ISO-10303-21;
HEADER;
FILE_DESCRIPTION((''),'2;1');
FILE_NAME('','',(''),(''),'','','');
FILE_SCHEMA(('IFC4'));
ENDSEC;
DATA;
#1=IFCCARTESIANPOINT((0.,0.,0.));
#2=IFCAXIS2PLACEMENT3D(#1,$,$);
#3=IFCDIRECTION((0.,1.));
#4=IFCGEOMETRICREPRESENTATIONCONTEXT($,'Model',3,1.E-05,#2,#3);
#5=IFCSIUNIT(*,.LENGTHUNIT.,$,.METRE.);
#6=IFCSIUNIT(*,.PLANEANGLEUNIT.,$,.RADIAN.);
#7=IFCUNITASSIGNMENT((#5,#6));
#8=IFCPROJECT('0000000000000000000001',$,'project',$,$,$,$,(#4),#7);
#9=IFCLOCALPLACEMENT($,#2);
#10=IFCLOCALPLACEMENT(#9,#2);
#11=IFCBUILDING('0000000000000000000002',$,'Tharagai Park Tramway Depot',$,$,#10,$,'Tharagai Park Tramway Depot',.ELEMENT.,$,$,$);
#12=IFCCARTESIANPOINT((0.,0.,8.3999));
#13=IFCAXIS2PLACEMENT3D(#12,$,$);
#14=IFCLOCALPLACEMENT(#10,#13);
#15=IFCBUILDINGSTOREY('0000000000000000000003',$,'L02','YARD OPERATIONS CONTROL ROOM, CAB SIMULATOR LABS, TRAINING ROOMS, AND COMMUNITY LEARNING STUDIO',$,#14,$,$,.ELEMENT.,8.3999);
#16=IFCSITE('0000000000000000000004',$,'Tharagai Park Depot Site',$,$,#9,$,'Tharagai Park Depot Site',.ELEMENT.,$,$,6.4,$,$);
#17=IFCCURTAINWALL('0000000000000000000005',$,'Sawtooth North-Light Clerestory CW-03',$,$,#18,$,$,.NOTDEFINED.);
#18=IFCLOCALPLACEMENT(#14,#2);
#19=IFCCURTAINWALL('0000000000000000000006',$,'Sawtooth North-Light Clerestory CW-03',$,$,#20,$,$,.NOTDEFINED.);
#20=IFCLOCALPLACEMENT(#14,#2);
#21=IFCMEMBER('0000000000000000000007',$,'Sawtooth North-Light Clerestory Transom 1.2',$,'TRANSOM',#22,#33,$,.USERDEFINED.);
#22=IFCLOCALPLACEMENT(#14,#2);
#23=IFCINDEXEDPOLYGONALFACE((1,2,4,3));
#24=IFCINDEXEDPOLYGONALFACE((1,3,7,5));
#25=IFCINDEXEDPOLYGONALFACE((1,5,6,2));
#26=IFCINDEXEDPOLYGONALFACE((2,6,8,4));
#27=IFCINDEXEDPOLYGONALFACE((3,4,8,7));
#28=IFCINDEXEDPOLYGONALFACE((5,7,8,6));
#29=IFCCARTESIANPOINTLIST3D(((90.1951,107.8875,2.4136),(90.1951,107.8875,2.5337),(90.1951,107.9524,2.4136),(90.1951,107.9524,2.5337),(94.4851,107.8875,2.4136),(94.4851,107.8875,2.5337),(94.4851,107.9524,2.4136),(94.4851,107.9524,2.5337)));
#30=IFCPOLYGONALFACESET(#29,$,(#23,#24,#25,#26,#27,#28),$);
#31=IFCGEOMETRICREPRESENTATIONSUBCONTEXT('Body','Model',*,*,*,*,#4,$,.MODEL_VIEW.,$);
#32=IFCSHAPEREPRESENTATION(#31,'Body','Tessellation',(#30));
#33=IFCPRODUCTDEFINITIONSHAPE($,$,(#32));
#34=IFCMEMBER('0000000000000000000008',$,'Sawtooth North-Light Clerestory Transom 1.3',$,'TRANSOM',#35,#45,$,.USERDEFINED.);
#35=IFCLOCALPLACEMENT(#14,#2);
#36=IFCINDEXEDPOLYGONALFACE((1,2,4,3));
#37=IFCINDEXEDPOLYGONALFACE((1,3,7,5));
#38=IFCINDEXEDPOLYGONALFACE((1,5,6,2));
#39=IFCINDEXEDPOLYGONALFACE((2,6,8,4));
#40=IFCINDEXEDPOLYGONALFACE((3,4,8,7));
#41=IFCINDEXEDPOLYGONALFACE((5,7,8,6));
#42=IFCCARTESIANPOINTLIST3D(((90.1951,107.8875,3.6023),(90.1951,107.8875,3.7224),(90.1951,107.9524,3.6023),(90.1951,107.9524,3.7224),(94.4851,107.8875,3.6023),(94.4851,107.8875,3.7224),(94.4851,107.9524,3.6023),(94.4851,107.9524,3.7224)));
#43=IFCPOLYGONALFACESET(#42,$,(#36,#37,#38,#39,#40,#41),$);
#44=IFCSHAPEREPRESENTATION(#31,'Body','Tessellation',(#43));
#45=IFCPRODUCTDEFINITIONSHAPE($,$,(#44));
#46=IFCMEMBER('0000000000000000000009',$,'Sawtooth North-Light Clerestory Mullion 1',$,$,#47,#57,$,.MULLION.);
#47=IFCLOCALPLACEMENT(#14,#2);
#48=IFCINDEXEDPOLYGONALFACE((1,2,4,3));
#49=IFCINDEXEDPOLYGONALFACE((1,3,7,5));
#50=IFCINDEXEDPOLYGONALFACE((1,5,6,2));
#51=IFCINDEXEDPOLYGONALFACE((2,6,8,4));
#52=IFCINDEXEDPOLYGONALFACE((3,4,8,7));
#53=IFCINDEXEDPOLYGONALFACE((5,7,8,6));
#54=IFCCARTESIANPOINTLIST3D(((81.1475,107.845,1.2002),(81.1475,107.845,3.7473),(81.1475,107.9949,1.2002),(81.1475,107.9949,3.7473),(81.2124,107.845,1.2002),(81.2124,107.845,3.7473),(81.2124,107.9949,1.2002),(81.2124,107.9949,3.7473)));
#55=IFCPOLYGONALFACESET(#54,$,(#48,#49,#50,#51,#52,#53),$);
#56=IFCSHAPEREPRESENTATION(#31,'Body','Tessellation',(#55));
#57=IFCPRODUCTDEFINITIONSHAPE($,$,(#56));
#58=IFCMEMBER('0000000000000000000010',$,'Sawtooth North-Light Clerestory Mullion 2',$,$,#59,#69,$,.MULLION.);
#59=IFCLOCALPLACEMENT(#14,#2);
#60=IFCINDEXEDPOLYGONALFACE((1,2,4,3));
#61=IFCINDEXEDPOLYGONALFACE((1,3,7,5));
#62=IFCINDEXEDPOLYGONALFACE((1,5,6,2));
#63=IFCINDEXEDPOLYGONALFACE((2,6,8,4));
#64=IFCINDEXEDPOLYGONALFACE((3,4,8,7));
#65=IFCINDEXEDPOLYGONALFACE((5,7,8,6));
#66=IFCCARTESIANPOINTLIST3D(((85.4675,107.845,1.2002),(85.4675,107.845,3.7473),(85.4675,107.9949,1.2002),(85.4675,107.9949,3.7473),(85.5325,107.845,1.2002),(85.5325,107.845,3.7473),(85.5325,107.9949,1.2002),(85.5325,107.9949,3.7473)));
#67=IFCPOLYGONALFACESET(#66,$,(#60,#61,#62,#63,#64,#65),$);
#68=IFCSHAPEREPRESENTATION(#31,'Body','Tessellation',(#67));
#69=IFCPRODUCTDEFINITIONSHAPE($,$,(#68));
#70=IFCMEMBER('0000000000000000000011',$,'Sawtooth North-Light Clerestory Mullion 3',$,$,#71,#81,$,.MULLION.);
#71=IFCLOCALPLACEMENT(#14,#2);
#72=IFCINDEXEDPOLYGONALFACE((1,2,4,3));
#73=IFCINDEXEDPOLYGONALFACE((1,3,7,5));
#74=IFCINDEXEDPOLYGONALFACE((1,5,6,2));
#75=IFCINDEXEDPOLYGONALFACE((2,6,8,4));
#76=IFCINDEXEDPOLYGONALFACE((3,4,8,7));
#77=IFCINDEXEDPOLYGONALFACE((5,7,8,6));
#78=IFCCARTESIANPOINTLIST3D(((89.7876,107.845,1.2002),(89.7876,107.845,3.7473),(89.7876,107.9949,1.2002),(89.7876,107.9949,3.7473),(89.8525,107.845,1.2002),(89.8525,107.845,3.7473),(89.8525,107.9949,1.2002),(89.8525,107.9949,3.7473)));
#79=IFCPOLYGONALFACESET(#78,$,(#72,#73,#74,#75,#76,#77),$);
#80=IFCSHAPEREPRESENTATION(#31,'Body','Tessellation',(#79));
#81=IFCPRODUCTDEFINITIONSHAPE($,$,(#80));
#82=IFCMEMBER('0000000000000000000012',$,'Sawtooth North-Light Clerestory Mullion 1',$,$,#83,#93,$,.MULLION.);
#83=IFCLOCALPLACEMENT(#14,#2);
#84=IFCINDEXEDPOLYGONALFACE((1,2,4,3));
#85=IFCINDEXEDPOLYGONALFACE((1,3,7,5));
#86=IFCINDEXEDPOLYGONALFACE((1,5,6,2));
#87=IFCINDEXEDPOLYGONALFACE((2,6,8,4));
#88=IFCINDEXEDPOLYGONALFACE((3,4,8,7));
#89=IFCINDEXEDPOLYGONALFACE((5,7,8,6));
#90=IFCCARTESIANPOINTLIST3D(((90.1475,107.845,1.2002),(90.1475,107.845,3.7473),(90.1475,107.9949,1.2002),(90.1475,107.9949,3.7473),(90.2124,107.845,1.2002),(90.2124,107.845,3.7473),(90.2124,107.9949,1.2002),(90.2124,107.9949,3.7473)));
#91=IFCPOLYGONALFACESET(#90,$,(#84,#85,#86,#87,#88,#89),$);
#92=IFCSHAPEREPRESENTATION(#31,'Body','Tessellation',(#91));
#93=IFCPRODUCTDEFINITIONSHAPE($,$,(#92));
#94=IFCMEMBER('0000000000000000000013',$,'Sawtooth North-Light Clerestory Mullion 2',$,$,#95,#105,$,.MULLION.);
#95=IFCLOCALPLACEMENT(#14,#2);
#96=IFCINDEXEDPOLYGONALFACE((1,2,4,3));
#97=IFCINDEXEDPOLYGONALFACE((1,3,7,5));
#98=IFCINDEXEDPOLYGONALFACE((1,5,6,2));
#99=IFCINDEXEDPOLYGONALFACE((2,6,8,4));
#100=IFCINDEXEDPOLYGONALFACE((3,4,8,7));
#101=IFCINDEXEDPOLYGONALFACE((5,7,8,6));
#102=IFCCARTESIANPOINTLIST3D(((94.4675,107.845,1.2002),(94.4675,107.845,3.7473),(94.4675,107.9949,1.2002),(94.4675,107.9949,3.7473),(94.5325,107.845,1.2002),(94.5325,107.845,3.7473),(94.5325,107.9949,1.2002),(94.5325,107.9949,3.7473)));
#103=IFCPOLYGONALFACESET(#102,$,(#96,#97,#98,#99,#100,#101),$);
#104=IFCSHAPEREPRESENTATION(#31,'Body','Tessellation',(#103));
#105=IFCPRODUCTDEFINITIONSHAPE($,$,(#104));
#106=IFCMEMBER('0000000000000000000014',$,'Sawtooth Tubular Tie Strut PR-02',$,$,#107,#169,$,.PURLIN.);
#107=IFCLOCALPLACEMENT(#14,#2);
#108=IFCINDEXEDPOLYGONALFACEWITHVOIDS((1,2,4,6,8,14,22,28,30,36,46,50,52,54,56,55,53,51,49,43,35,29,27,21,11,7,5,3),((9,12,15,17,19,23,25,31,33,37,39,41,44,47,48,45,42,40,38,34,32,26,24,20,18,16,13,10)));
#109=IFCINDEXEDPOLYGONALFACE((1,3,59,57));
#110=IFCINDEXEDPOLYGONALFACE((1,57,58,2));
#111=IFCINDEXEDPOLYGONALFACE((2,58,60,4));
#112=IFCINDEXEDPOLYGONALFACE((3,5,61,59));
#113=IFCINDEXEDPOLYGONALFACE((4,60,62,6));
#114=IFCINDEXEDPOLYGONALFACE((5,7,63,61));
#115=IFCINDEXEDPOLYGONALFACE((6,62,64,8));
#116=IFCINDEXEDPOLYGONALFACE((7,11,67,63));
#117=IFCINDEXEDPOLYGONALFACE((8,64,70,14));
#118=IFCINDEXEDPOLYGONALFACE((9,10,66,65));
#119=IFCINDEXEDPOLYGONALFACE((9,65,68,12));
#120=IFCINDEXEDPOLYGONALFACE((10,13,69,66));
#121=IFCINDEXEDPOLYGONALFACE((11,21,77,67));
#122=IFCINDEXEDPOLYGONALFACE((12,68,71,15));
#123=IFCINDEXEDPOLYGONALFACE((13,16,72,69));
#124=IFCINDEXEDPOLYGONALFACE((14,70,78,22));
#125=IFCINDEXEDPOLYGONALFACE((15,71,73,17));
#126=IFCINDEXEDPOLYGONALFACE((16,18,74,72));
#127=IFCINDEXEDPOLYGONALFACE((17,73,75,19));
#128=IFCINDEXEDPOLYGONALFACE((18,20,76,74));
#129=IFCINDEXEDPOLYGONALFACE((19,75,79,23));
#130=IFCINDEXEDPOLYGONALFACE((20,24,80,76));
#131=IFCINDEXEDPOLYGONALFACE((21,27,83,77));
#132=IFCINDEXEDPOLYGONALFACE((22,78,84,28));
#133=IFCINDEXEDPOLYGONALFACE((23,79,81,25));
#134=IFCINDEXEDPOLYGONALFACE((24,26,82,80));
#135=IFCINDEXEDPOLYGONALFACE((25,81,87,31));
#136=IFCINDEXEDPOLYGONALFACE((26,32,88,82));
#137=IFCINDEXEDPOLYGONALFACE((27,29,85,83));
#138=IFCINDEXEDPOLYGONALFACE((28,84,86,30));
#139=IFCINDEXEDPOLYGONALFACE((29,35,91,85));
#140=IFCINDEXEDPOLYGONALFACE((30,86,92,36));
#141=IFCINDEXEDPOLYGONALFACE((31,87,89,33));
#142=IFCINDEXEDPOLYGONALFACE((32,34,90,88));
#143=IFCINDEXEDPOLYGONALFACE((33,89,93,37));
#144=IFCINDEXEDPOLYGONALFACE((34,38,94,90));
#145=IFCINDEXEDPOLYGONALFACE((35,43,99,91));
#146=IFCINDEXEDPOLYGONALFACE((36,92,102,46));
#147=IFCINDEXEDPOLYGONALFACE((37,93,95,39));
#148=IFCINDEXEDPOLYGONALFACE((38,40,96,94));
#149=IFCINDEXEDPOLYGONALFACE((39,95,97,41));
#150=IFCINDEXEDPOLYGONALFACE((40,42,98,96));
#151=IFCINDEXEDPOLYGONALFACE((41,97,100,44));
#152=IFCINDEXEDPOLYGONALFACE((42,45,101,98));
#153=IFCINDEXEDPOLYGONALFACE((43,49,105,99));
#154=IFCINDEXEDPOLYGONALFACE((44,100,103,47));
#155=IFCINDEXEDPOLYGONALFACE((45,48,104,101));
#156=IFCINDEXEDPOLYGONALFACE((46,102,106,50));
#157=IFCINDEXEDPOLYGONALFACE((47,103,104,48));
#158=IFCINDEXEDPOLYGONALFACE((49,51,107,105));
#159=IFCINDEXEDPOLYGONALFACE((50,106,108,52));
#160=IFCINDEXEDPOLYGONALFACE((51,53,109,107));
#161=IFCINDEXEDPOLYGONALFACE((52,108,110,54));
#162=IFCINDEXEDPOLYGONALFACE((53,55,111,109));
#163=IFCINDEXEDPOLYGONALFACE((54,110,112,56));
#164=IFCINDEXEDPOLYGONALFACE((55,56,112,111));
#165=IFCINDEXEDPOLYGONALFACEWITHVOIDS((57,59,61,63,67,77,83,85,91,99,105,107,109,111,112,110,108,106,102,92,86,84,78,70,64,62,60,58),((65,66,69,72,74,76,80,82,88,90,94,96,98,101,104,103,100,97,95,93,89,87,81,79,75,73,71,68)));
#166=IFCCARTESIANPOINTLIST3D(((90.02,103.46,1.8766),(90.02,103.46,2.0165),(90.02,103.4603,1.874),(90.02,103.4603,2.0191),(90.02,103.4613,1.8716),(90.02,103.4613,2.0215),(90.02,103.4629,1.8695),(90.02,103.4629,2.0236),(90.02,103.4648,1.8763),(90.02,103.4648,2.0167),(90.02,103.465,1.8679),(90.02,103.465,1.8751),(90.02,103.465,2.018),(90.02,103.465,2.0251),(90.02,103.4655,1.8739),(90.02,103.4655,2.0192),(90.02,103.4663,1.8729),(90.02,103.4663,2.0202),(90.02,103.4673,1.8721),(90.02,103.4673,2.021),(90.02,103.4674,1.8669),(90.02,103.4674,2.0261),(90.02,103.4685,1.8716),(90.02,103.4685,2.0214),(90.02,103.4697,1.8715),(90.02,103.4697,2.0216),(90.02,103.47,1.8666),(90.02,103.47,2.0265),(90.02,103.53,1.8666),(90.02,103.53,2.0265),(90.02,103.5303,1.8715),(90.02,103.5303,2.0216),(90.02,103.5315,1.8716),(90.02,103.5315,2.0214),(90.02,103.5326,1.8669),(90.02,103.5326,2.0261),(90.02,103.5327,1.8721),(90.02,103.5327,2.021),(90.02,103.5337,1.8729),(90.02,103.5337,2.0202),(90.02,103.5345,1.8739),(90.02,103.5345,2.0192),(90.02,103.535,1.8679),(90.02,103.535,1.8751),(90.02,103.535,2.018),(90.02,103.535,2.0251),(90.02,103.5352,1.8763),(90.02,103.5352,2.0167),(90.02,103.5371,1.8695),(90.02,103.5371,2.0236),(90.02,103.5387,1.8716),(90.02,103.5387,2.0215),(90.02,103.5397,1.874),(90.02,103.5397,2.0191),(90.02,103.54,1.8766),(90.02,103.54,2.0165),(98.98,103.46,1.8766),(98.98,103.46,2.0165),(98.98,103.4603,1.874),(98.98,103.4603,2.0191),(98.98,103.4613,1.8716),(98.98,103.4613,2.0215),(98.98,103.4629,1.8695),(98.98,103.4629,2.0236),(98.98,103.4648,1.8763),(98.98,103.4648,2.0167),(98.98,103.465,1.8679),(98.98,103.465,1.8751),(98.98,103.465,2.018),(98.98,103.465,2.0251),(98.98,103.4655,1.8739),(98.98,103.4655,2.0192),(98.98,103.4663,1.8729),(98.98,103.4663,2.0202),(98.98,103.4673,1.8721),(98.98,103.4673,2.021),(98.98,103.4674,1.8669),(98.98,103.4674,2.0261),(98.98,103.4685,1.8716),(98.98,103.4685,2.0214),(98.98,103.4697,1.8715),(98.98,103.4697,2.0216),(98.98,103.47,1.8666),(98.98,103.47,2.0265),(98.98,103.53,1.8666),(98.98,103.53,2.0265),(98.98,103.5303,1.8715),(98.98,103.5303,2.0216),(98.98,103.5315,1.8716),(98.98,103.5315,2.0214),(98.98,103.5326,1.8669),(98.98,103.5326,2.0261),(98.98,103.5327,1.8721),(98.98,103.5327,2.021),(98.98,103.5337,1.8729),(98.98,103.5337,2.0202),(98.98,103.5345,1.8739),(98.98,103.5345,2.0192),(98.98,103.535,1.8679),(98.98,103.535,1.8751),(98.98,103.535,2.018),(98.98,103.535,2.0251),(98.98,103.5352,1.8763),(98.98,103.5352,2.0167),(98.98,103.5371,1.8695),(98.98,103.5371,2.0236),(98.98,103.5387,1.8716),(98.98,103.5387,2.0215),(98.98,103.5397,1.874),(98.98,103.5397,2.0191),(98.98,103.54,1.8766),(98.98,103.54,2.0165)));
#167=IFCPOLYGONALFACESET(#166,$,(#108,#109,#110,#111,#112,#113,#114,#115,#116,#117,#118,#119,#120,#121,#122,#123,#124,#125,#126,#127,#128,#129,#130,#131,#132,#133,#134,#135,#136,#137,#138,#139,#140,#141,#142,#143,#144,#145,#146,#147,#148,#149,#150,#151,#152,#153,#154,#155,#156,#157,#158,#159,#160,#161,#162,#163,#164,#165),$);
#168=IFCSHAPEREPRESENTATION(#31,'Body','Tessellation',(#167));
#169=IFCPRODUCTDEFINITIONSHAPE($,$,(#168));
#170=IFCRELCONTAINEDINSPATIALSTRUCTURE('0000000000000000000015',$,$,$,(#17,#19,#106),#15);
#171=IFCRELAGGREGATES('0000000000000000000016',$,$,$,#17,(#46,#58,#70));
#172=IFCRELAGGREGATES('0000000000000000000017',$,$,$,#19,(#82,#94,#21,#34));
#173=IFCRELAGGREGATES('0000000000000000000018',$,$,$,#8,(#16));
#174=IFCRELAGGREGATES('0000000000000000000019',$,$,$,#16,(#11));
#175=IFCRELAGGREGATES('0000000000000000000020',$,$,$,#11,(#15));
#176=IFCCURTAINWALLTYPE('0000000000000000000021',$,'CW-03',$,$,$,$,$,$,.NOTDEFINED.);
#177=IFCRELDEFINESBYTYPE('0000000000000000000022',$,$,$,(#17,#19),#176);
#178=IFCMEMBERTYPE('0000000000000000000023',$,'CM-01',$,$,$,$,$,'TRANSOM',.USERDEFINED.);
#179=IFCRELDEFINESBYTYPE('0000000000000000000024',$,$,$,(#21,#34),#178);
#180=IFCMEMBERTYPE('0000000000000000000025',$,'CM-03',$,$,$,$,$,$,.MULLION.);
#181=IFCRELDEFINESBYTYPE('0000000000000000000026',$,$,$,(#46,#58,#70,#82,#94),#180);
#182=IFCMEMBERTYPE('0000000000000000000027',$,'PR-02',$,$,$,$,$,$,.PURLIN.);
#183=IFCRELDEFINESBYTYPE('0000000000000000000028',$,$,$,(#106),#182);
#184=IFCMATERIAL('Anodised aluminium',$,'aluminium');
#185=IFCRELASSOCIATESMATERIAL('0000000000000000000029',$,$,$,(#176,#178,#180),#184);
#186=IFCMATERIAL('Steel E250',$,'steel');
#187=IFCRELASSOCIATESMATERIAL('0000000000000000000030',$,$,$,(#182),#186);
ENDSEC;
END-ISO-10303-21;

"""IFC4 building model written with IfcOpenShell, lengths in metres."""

from ifc_helpers import new_model, si_unit, direction, frame, origin, origin_2d, place, context, subcontext, project, spatial, rectangle, hollow_rectangle, extrude, material, material_profile, profile_set, type_object, element, aggregate, save


model = new_model("IFC4")

# Units and contexts
model_context = context("Model", 3, precision=1e-05, world=origin(), true_north=direction((0.0, 1.0)))
body_context = subcontext(model_context, "Body", "Model", "MODEL_VIEW")
ifc_project = project(units=[si_unit("LENGTHUNIT", "METRE"), si_unit("PLANEANGLEUNIT", "RADIAN")], contexts=[model_context])

# Site, building, storey
site_placement = place(None, origin())
site = spatial("IfcSite", under=ifc_project, at=site_placement, Name="Tharagai Park Depot Site", LongName="Tharagai Park Depot Site", CompositionType="ELEMENT", RefElevation=6.4)
building_placement = place(site_placement, origin())
building = spatial("IfcBuilding", under=site, at=building_placement, Name="Tharagai Park Tramway Depot", LongName="Tharagai Park Tramway Depot", CompositionType="ELEMENT")
storey_placement = place(building_placement, frame((0.0, 0.0, 8.3999)))
storey = spatial("IfcBuildingStorey", under=building, at=storey_placement, Name="L02", Description="YARD OPERATIONS CONTROL ROOM, CAB SIMULATOR LABS, TRAINING ROOMS, AND COMMUNITY LEARNING STUDIO", CompositionType="ELEMENT", Elevation=8.3999)

# Curtain walls, members
ifc_material_1 = material(Name="Anodised aluminium", Category="aluminium")
curtain_wall_type = type_object("IfcCurtainWallType", Name="CW-03", PredefinedType="NOTDEFINED", material=ifc_material_1)
curtain_wall_1_placement = place(storey_placement, origin())
curtain_wall_1 = element("IfcCurtainWall", 1, at=curtain_wall_1_placement, inside=storey, type_object=curtain_wall_type, Name="Sawtooth North-Light Clerestory CW-03", PredefinedType="NOTDEFINED")
ifc_material_profile_1 = material_profile(ifc_material_1, rectangle(XDim=0.0649, YDim=0.1201, at=origin_2d()), Name="ALU 65x120")
ifc_profile_set_1 = profile_set([ifc_material_profile_1], Name="Anodised aluminium")
member_type_1 = type_object("IfcMemberType", Name="CM-01", ElementType="TRANSOM", PredefinedType="USERDEFINED", material=ifc_profile_set_1)
curtain_wall_2_placement = place(storey_placement, origin())
curtain_wall_2 = element("IfcCurtainWall", 2, at=curtain_wall_2_placement, inside=storey, type_object=curtain_wall_type, Name="Sawtooth North-Light Clerestory CW-03", PredefinedType="NOTDEFINED")
member_1_placement = place(storey_placement, frame((90.1951, 107.9199, 2.4736), z_axis=(1.0, 0.0, 0.0), x_axis=(0.0, 1.0, 0.0)))
member_1 = element("IfcMember", 3, at=member_1_placement, type_object=member_type_1, Name="Sawtooth North-Light Clerestory Transom 1.2", ObjectType="TRANSOM", PredefinedType="USERDEFINED", context=body_context, shape_type="SweptSolid", body=[
    extrude(rectangle(XDim=0.0649, YDim=0.1201, at=origin_2d()), origin(), (0.0, 0.0, 1.0), 4.29),
])
member_2_placement = place(storey_placement, frame((90.1951, 107.9199, 3.6624), z_axis=(1.0, 0.0, 0.0), x_axis=(0.0, 1.0, 0.0)))
member_2 = element("IfcMember", 4, at=member_2_placement, type_object=member_type_1, Name="Sawtooth North-Light Clerestory Transom 1.3", ObjectType="TRANSOM", PredefinedType="USERDEFINED", context=body_context, shape_type="SweptSolid", body=[
    extrude(rectangle(XDim=0.0649, YDim=0.1201, at=origin_2d()), origin(), (0.0, 0.0, 1.0), 4.29),
])

# Members
ifc_material_profile_2 = material_profile(ifc_material_1, rectangle(XDim=0.0649, YDim=0.1499, at=origin_2d()), Name="ALU 65x150")
ifc_profile_set_2 = profile_set([ifc_material_profile_2], Name="Anodised aluminium")
member_type_2 = type_object("IfcMemberType", Name="CM-03", PredefinedType="MULLION", material=ifc_profile_set_2)
member_3_placement = place(storey_placement, frame((81.1799, 107.9199, 1.2002), z_axis=(0.0, 0.0, 1.0), x_axis=(1.0, 0.0, 0.0)))
member_3 = element("IfcMember", 5, at=member_3_placement, type_object=member_type_2, Name="Sawtooth North-Light Clerestory Mullion 1", PredefinedType="MULLION", context=body_context, shape_type="SweptSolid", body=[
    extrude(rectangle(XDim=0.0649, YDim=0.1499, at=origin_2d()), origin(), (0.0, 0.0, 1.0), 2.5471),
])
member_4_placement = place(storey_placement, frame((85.5, 107.9199, 1.2002), z_axis=(0.0, 0.0, 1.0), x_axis=(1.0, 0.0, 0.0)))
member_4 = element("IfcMember", 6, at=member_4_placement, type_object=member_type_2, Name="Sawtooth North-Light Clerestory Mullion 2", PredefinedType="MULLION", context=body_context, shape_type="SweptSolid", body=[
    extrude(rectangle(XDim=0.0649, YDim=0.1499, at=origin_2d()), origin(), (0.0, 0.0, 1.0), 2.5471),
])
member_5_placement = place(storey_placement, frame((89.8201, 107.9199, 1.2002), z_axis=(0.0, 0.0, 1.0), x_axis=(1.0, 0.0, 0.0)))
member_5 = element("IfcMember", 7, at=member_5_placement, type_object=member_type_2, Name="Sawtooth North-Light Clerestory Mullion 3", PredefinedType="MULLION", context=body_context, shape_type="SweptSolid", body=[
    extrude(rectangle(XDim=0.0649, YDim=0.1499, at=origin_2d()), origin(), (0.0, 0.0, 1.0), 2.5471),
])
member_6_placement = place(storey_placement, frame((90.1799, 107.9199, 1.2002), z_axis=(0.0, 0.0, 1.0), x_axis=(1.0, 0.0, 0.0)))
member_6 = element("IfcMember", 8, at=member_6_placement, type_object=member_type_2, Name="Sawtooth North-Light Clerestory Mullion 1", PredefinedType="MULLION", context=body_context, shape_type="SweptSolid", body=[
    extrude(rectangle(XDim=0.0649, YDim=0.1499, at=origin_2d()), origin(), (0.0, 0.0, 1.0), 2.5471),
])
member_7_placement = place(storey_placement, frame((94.5, 107.9199, 1.2002), z_axis=(0.0, 0.0, 1.0), x_axis=(1.0, 0.0, 0.0)))
member_7 = element("IfcMember", 9, at=member_7_placement, type_object=member_type_2, Name="Sawtooth North-Light Clerestory Mullion 2", PredefinedType="MULLION", context=body_context, shape_type="SweptSolid", body=[
    extrude(rectangle(XDim=0.0649, YDim=0.1499, at=origin_2d()), origin(), (0.0, 0.0, 1.0), 2.5471),
])

# Member
ifc_material_2 = material(Name="Steel E250", Category="steel")
ifc_material_profile_3 = material_profile(ifc_material_2, hollow_rectangle(XDim=0.0801, YDim=0.1599, WallThickness=0.0049, InnerFilletRadius=0.0049, OuterFilletRadius=0.01, at=origin_2d()), Name="RHS 160x80x5")
ifc_profile_set_3 = profile_set([ifc_material_profile_3], Name="Steel E250")
member_type_3 = type_object("IfcMemberType", Name="PR-02", PredefinedType="PURLIN", material=ifc_profile_set_3)
member_8_placement = place(storey_placement, frame((90.02, 103.5, 1.9465), z_axis=(1.0, 0.0, 0.0), x_axis=(0.0, 1.0, 0.0)))
element("IfcMember", 10, at=member_8_placement, inside=storey, type_object=member_type_3, Name="Sawtooth Tubular Tie Strut PR-02", PredefinedType="PURLIN", context=body_context, shape_type="SweptSolid", body=[
    extrude(hollow_rectangle(XDim=0.0801, YDim=0.1599, WallThickness=0.0049, InnerFilletRadius=0.0049, OuterFilletRadius=0.01, at=origin_2d()), origin(), (0.0, 0.0, 1.0), 8.96),
])

aggregate(curtain_wall_1, [member_3, member_4, member_5])
aggregate(curtain_wall_2, [member_6, member_7, member_1, member_2])

save(model, "model.ifc")
